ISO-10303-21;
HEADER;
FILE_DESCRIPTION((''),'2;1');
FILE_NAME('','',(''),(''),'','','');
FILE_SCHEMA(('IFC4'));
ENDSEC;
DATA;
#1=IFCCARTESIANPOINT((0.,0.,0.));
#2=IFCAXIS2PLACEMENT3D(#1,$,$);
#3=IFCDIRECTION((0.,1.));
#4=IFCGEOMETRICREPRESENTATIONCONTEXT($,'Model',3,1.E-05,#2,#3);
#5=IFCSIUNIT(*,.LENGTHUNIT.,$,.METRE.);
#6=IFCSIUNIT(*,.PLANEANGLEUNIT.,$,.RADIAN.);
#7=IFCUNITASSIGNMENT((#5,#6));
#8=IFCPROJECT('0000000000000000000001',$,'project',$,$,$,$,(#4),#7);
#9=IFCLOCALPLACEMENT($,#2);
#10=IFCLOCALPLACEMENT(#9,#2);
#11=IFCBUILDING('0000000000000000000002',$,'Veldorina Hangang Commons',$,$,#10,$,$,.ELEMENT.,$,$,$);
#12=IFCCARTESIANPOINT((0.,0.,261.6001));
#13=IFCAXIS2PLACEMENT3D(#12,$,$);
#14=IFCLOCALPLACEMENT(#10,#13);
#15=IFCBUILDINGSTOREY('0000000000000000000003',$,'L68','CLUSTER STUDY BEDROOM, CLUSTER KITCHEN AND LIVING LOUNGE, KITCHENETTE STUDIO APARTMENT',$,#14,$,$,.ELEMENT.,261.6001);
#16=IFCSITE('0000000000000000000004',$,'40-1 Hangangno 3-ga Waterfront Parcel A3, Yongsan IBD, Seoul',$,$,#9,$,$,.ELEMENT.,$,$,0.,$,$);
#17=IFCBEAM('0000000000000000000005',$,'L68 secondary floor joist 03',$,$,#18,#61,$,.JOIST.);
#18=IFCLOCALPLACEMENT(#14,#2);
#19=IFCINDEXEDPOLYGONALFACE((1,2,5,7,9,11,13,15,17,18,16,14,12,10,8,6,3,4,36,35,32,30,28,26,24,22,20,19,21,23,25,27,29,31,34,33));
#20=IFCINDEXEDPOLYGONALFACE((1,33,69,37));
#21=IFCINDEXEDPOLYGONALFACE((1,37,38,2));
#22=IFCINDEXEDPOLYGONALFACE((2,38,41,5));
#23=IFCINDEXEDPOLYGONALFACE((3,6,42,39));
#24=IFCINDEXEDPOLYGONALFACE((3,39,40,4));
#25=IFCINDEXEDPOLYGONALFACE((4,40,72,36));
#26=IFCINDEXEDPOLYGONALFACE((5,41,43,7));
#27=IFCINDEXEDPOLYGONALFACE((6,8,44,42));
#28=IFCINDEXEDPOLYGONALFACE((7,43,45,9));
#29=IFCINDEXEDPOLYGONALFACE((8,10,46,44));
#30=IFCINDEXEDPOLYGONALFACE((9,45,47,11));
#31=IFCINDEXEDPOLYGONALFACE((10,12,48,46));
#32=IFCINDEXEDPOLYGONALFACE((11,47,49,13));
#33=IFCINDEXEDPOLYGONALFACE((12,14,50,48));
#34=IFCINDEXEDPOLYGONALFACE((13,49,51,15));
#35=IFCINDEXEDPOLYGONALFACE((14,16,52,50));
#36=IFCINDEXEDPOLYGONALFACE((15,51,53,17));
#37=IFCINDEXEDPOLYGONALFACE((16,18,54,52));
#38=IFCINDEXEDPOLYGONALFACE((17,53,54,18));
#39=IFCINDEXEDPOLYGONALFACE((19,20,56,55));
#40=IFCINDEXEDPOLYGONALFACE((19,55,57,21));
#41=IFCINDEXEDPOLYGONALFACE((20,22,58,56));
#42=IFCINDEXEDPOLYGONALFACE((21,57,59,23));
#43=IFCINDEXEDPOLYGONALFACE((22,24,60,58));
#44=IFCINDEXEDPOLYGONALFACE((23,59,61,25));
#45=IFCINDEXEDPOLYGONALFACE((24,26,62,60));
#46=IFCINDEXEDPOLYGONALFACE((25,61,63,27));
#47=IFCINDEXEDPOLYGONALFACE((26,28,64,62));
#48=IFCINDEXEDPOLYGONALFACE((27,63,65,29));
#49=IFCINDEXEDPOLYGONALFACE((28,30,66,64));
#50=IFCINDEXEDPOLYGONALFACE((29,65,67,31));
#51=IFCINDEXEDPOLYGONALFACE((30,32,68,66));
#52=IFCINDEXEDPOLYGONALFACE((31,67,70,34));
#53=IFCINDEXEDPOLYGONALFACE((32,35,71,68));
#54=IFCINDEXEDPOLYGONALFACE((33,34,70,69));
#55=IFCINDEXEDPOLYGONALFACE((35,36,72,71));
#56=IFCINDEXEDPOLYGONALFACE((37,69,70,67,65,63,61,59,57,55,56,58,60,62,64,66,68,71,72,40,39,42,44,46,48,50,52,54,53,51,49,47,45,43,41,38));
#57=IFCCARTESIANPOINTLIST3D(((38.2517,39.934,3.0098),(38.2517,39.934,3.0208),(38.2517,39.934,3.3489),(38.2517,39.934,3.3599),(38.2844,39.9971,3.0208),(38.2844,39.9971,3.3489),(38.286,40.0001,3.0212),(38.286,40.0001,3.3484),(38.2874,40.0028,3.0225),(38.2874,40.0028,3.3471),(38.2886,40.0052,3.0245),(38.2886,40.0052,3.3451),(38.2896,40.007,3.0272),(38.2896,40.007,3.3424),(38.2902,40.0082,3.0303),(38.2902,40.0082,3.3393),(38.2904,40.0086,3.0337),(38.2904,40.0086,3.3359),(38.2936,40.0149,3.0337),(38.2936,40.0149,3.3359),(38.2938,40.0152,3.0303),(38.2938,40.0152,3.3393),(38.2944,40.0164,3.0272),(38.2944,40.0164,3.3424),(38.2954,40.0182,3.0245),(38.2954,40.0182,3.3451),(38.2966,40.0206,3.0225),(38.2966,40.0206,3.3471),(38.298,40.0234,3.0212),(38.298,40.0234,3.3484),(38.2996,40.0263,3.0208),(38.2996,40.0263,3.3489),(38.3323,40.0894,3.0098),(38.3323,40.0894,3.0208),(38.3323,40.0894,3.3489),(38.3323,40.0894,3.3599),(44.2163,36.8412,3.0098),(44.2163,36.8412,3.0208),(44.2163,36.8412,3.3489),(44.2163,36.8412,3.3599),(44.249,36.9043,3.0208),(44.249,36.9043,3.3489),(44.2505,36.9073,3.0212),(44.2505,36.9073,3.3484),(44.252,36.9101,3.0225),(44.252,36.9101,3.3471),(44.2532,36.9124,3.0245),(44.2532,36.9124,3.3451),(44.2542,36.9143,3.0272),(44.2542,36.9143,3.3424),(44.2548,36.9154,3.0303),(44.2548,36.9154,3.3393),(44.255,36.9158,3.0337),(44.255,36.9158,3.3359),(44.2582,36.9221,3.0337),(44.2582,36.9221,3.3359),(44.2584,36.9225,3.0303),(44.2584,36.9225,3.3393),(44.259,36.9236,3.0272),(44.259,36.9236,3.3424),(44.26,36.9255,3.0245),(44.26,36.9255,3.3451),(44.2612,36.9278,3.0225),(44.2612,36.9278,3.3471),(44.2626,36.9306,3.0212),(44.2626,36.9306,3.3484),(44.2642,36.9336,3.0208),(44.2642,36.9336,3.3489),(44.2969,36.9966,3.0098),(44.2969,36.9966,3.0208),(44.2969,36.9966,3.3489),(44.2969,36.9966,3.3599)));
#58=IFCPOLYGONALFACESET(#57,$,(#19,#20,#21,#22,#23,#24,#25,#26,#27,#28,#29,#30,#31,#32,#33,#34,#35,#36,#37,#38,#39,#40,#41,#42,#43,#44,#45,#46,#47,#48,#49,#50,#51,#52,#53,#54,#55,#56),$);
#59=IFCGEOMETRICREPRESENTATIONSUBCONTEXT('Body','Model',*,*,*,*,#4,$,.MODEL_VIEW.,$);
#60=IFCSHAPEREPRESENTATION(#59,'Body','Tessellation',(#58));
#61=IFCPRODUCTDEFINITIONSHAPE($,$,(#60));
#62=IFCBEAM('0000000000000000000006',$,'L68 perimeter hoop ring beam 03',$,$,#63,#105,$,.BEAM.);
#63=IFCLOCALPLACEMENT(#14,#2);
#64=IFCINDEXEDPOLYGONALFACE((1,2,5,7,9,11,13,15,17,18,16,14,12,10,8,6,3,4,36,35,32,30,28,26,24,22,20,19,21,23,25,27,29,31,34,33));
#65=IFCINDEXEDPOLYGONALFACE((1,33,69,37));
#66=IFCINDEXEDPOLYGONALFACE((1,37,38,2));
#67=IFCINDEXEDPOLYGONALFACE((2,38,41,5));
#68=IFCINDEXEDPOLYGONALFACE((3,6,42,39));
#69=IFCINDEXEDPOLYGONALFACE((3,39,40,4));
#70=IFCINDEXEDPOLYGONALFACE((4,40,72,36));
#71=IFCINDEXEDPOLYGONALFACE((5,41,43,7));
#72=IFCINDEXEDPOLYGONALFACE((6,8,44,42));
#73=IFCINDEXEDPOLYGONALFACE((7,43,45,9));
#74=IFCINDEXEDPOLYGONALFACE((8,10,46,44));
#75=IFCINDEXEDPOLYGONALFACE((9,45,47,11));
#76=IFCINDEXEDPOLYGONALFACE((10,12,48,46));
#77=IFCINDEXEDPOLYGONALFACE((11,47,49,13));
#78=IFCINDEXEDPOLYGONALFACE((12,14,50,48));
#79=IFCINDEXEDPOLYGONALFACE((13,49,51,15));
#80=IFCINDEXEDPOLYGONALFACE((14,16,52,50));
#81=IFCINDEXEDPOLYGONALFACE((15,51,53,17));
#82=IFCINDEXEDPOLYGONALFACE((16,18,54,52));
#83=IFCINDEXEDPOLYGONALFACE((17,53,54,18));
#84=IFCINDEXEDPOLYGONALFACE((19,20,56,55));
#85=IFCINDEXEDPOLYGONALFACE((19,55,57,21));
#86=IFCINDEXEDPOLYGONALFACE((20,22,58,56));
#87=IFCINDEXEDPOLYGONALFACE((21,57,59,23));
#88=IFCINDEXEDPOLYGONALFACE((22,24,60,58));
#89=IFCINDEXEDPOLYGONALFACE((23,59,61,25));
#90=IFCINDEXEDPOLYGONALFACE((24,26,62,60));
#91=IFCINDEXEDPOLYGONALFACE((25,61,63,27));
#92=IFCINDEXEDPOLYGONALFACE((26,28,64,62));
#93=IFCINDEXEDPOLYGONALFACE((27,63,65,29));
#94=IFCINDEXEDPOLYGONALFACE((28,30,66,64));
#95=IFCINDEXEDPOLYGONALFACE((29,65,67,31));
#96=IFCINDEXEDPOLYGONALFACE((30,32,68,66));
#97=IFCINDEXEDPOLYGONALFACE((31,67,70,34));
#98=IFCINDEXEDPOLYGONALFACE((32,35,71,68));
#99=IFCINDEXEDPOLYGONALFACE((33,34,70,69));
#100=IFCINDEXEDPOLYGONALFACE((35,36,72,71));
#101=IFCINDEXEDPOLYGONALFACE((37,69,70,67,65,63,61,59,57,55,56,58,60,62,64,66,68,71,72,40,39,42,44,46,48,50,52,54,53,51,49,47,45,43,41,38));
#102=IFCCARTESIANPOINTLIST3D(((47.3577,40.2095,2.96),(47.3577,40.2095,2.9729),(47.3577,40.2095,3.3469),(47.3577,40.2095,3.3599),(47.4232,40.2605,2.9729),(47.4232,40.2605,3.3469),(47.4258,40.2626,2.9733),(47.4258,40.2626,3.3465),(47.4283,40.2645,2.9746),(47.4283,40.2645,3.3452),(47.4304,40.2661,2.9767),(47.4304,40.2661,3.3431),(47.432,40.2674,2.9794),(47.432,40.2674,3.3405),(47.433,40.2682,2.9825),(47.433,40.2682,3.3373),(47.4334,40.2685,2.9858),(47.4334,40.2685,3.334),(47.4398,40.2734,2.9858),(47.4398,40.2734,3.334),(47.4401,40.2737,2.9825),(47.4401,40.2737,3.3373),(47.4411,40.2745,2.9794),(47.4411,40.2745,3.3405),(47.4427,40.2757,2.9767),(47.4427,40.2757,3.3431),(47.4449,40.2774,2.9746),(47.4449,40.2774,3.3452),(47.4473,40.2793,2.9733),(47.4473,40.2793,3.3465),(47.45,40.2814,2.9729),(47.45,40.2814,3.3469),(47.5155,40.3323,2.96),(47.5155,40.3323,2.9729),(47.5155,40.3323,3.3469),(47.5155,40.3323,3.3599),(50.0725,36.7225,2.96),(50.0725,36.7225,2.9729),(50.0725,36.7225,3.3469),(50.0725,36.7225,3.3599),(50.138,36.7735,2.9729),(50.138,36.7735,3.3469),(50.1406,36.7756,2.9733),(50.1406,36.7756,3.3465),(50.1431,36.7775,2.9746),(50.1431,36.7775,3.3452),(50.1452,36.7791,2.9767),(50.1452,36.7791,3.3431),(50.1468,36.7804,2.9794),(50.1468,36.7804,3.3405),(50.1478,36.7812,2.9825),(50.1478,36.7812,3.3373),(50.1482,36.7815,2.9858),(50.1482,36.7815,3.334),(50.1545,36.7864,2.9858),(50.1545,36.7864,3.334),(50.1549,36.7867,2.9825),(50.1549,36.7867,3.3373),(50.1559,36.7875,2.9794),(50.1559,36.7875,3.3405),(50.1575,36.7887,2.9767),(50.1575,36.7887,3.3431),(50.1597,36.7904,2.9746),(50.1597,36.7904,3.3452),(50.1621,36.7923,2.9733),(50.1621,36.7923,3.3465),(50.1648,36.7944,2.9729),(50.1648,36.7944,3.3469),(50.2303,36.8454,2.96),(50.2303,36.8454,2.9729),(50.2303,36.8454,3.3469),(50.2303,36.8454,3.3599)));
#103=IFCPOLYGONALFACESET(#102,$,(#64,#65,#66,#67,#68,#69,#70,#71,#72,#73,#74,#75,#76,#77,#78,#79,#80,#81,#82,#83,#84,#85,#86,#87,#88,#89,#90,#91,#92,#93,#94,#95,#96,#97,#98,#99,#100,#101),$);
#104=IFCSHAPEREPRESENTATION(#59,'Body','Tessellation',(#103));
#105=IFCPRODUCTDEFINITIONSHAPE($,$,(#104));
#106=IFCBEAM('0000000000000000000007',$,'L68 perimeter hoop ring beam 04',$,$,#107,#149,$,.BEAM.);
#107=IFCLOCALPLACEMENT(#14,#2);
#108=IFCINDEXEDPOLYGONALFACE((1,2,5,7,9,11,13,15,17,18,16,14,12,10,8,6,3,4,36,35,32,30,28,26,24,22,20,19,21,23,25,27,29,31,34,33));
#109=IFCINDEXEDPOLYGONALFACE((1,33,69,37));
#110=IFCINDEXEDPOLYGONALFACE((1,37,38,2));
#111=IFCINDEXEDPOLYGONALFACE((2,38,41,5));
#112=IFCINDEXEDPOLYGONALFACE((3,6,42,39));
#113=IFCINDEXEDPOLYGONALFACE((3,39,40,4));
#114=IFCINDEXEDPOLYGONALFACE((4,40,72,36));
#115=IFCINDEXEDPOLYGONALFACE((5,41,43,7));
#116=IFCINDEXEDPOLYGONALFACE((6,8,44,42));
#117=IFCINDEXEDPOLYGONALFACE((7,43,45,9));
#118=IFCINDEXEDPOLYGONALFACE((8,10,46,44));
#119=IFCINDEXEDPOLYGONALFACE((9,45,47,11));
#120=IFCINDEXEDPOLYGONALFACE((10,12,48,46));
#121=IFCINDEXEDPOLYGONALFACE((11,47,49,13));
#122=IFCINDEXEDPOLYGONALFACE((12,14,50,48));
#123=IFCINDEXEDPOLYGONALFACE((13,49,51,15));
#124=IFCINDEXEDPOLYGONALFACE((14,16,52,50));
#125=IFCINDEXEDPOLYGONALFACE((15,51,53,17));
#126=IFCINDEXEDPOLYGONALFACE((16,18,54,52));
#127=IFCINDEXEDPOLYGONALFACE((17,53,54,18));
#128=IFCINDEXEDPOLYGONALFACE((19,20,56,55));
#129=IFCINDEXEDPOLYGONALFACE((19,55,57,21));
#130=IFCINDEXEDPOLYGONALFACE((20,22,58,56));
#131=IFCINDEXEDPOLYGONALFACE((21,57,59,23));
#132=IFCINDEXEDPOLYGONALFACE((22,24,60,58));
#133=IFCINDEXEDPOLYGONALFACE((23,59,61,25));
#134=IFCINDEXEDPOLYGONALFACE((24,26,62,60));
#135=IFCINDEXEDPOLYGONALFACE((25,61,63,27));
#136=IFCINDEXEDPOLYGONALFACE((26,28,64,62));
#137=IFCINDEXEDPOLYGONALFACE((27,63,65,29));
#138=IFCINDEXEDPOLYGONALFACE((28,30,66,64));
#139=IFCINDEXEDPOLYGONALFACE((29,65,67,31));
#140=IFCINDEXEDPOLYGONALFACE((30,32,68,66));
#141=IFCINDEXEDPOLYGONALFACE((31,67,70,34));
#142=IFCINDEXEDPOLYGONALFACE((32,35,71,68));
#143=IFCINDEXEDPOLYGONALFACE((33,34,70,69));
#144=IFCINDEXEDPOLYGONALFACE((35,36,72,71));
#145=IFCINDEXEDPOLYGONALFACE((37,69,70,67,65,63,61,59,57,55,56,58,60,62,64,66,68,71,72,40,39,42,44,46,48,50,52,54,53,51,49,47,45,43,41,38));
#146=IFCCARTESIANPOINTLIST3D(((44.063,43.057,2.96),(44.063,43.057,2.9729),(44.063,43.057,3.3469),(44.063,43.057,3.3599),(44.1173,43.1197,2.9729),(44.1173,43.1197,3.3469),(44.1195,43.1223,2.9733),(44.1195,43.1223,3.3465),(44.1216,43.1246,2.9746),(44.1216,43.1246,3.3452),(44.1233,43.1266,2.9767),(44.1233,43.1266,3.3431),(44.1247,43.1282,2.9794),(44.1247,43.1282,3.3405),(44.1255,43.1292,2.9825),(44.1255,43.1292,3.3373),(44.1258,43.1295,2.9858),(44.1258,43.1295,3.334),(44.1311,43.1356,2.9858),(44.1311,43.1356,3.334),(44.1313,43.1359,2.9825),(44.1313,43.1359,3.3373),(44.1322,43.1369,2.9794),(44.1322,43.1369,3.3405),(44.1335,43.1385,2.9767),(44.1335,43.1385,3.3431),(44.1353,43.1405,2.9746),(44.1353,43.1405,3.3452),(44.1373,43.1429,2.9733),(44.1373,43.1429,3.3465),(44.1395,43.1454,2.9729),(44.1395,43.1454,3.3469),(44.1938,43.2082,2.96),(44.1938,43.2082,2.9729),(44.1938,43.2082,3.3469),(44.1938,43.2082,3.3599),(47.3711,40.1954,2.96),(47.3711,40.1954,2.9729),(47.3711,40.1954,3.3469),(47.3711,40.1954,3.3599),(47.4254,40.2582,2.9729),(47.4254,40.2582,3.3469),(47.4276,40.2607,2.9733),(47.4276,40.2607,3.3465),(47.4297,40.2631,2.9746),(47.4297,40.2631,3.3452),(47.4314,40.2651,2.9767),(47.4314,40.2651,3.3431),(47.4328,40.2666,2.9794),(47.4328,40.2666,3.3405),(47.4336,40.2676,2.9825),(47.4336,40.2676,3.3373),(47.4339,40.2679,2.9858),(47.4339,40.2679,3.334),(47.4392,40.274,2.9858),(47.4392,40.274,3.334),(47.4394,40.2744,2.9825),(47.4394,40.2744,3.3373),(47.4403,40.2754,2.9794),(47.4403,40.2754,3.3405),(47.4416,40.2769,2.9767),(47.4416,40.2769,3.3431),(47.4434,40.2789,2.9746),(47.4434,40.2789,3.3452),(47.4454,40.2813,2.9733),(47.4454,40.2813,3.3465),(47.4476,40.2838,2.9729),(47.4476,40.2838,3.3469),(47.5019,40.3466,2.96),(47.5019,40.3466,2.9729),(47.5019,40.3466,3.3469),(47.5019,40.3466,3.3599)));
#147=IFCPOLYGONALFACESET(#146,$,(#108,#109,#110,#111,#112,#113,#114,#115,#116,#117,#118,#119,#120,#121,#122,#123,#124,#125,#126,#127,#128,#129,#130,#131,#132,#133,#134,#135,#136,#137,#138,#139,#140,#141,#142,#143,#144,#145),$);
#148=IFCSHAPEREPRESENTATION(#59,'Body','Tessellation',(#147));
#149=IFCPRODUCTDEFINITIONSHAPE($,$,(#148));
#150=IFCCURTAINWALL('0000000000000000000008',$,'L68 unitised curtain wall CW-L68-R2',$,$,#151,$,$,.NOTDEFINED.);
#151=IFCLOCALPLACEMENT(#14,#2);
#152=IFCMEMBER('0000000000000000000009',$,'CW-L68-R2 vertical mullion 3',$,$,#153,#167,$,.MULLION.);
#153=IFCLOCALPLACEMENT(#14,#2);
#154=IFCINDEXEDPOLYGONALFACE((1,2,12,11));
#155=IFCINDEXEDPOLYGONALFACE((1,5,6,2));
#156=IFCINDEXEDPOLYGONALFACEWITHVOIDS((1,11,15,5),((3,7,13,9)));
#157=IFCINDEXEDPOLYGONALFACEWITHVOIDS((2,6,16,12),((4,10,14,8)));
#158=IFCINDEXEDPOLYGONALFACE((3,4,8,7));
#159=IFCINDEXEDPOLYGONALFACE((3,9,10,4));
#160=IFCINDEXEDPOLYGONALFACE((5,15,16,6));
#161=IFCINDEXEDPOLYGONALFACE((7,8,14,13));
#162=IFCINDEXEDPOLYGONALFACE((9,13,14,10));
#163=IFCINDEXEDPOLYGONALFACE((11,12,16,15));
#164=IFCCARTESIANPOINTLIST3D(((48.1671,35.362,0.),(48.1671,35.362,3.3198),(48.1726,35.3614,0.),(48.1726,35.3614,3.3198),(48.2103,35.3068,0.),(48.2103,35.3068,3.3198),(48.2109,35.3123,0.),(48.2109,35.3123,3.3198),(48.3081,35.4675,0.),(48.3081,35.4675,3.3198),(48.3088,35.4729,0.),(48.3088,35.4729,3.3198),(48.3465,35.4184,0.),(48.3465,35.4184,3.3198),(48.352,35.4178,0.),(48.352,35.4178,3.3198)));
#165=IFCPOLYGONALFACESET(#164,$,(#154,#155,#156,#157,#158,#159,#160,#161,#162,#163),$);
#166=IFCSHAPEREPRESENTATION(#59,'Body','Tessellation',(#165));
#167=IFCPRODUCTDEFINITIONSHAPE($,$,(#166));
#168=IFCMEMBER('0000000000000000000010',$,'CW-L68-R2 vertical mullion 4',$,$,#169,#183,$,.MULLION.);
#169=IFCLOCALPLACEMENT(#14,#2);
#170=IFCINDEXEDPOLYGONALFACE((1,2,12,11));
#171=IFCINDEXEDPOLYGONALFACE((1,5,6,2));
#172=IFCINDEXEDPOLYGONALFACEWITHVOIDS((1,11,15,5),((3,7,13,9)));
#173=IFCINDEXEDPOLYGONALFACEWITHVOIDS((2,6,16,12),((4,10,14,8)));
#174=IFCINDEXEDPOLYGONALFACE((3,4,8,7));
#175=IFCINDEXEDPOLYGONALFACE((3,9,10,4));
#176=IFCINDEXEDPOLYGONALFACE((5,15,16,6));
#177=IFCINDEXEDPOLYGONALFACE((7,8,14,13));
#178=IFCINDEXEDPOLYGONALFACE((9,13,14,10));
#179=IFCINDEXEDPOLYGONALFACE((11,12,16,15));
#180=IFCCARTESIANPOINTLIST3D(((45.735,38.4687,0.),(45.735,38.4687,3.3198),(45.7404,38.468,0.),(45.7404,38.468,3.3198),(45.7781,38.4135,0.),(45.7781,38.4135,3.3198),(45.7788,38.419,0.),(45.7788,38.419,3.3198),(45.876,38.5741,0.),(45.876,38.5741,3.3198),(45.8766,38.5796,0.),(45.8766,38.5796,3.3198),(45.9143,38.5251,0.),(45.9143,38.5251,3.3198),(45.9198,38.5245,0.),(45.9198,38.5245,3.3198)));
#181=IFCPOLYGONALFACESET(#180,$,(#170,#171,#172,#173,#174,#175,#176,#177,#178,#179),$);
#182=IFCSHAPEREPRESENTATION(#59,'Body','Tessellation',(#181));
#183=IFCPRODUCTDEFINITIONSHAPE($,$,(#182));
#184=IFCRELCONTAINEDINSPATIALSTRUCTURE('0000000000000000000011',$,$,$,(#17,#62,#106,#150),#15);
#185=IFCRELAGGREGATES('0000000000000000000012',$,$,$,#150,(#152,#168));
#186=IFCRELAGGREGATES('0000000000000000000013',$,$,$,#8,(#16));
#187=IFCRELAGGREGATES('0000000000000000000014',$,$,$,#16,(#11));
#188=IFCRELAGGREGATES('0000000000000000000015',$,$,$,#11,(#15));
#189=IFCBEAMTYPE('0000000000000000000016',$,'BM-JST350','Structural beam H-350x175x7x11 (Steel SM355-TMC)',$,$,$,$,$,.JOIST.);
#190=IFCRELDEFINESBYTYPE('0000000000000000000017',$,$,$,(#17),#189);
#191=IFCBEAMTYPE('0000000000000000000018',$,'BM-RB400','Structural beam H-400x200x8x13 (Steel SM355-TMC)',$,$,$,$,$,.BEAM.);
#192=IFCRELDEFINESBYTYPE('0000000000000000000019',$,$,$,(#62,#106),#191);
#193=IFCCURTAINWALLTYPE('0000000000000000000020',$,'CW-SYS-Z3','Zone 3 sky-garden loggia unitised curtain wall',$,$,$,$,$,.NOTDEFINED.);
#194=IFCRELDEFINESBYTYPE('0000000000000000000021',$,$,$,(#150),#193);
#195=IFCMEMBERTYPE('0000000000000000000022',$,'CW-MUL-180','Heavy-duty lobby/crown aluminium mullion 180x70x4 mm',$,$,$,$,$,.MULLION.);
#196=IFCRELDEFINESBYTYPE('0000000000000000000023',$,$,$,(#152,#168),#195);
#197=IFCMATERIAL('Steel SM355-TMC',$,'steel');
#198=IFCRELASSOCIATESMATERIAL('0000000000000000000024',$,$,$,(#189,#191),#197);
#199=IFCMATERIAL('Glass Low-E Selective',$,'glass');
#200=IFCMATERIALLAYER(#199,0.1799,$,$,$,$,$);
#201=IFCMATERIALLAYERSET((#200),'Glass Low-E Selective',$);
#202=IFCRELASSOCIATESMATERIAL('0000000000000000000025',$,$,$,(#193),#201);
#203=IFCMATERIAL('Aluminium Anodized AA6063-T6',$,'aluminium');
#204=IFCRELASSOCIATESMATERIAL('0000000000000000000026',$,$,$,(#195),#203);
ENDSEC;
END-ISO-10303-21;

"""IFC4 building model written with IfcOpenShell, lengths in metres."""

from ifc_helpers import new_model, si_unit, direction, frame, origin, origin_2d, place, context, subcontext, project, spatial, hollow_rectangle, i_section, extrude, material, layer, layer_set, material_profile, profile_set, type_object, element, aggregate, save


model = new_model("IFC4")

# Units and contexts
model_context = context("Model", 3, precision=1e-05, world=origin(), true_north=direction((0.0, 1.0)))
body_context = subcontext(model_context, "Body", "Model", "MODEL_VIEW")
ifc_project = project(units=[si_unit("LENGTHUNIT", "METRE"), si_unit("PLANEANGLEUNIT", "RADIAN")], contexts=[model_context])

# Site, building, storey
site_placement = place(None, origin())
site = spatial("IfcSite", under=ifc_project, at=site_placement, Name="40-1 Hangangno 3-ga Waterfront Parcel A3, Yongsan IBD, Seoul", CompositionType="ELEMENT", RefElevation=0.0)
building_placement = place(site_placement, origin())
building = spatial("IfcBuilding", under=site, at=building_placement, Name="Veldorina Hangang Commons", CompositionType="ELEMENT")
storey_placement = place(building_placement, frame((0.0, 0.0, 261.6001)))
storey = spatial("IfcBuildingStorey", under=building, at=storey_placement, Name="L68", Description="CLUSTER STUDY BEDROOM, CLUSTER KITCHEN AND LIVING LOUNGE, KITCHENETTE STUDIO APARTMENT", CompositionType="ELEMENT", Elevation=261.6001)

# Beams
ifc_material_1 = material(Name="Steel SM355-TMC", Category="steel")
ifc_material_profile_1 = material_profile(ifc_material_1, i_section(OverallWidth=0.175, OverallDepth=0.3501, WebThickness=0.0071, FlangeThickness=0.011, FilletRadius=0.0129, at=origin_2d()), Name="H-350x175x7x11")
ifc_profile_set_1 = profile_set([ifc_material_profile_1], Name="Steel SM355-TMC")
beam_type_1 = type_object("IfcBeamType", Name="BM-JST350", Description="Structural beam H-350x175x7x11 (Steel SM355-TMC)", PredefinedType="JOIST", material=ifc_profile_set_1)
beam_1_placement = place(storey_placement, frame((44.2566, 36.9189, 3.1848), z_axis=(-0.887753, 0.460319, 0.0), x_axis=(-0.460319, -0.887753, 0.0)))
element("IfcBeam", 1, at=beam_1_placement, inside=storey, type_object=beam_type_1, Name="L68 secondary floor joist 03", PredefinedType="JOIST", context=body_context, shape_type="SweptSolid", body=[
    extrude(i_section(OverallWidth=0.175, OverallDepth=0.3501, WebThickness=0.0071, FlangeThickness=0.011, FilletRadius=0.0129, at=origin_2d()), origin(), (0.0, 0.0, 1.0), 6.7188),
])
ifc_material_profile_2 = material_profile(ifc_material_1, i_section(OverallWidth=0.2, OverallDepth=0.3999, WebThickness=0.0081, FlangeThickness=0.0129, FilletRadius=0.0129, at=origin_2d()), Name="H-400x200x8x13")
ifc_profile_set_2 = profile_set([ifc_material_profile_2], Name="Steel SM355-TMC")
beam_type_2 = type_object("IfcBeamType", Name="BM-RB400", Description="Structural beam H-400x200x8x13 (Steel SM355-TMC)", PredefinedType="BEAM", material=ifc_profile_set_2)
beam_2_placement = place(storey_placement, frame((50.1514, 36.7839, 3.1599), z_axis=(-0.614319, 0.789058, 0.0), x_axis=(-0.789058, -0.614319, 0.0)))
element("IfcBeam", 2, at=beam_2_placement, inside=storey, type_object=beam_type_2, Name="L68 perimeter hoop ring beam 03", PredefinedType="BEAM", context=body_context, shape_type="SweptSolid", body=[
    extrude(i_section(OverallWidth=0.2, OverallDepth=0.3999, WebThickness=0.0081, FlangeThickness=0.0129, FilletRadius=0.0129, at=origin_2d()), origin(), (0.0, 0.0, 1.0), 4.4192),
])
beam_3_placement = place(storey_placement, frame((47.4365, 40.271, 3.1599), z_axis=(-0.756306, 0.654218, 0.0), x_axis=(-0.654218, -0.756306, 0.0)))
element("IfcBeam", 3, at=beam_3_placement, inside=storey, type_object=beam_type_2, Name="L68 perimeter hoop ring beam 04", PredefinedType="BEAM", context=body_context, shape_type="SweptSolid", body=[
    extrude(i_section(OverallWidth=0.2, OverallDepth=0.3999, WebThickness=0.0081, FlangeThickness=0.0129, FilletRadius=0.0129, at=origin_2d()), origin(), (0.0, 0.0, 1.0), 4.374),
])

# Curtain wall, members
ifc_material_2 = material(Name="Glass Low-E Selective", Category="glass")
ifc_layer_1 = layer(ifc_material_2, 0.1799)
ifc_layer_set_1 = layer_set([ifc_layer_1], Name="Glass Low-E Selective")
curtain_wall_type = type_object("IfcCurtainWallType", Name="CW-SYS-Z3", Description="Zone 3 sky-garden loggia unitised curtain wall", PredefinedType="NOTDEFINED", material=ifc_layer_set_1)
curtain_wall_placement = place(storey_placement, origin())
curtain_wall = element("IfcCurtainWall", 4, at=curtain_wall_placement, inside=storey, type_object=curtain_wall_type, Name="L68 unitised curtain wall CW-L68-R2", PredefinedType="NOTDEFINED")
ifc_material_3 = material(Name="Aluminium Anodized AA6063-T6", Category="aluminium")
ifc_material_profile_3 = material_profile(ifc_material_3, hollow_rectangle(XDim=0.0701, YDim=0.1799, WallThickness=0.0039, at=origin_2d()), Name="ALU-RHS-180x70x4")
ifc_profile_set_3 = profile_set([ifc_material_profile_3], Name="Aluminium Anodized AA6063-T6")
member_type_1 = type_object("IfcMemberType", Name="CW-MUL-180", Description="Heavy-duty lobby/crown aluminium mullion 180x70x4 mm", PredefinedType="MULLION", material=ifc_profile_set_3)
member_1_placement = place(storey_placement, frame((48.2595, 35.3899, 0.0), z_axis=(0.0, 0.0, 1.0), x_axis=(-0.616431, 0.787409, 0.0)))
member_1 = element("IfcMember", 5, at=member_1_placement, type_object=member_type_1, Name="CW-L68-R2 vertical mullion 3", PredefinedType="MULLION", context=body_context, shape_type="SweptSolid", body=[
    extrude(hollow_rectangle(XDim=0.0701, YDim=0.1799, WallThickness=0.0039, at=origin_2d()), origin(), (0.0, 0.0, 1.0), 3.3198),
])
member_2_placement = place(storey_placement, frame((45.8274, 38.4966, 0.0), z_axis=(0.0, 0.0, 1.0), x_axis=(0.616431, -0.787409, 0.0)))
member_2 = element("IfcMember", 6, at=member_2_placement, type_object=member_type_1, Name="CW-L68-R2 vertical mullion 4", PredefinedType="MULLION", context=body_context, shape_type="SweptSolid", body=[
    extrude(hollow_rectangle(XDim=0.0701, YDim=0.1799, WallThickness=0.0039, at=origin_2d()), origin(), (0.0, 0.0, 1.0), 3.3198),
])

aggregate(curtain_wall, [member_1, member_2])

save(model, "model.ifc")
